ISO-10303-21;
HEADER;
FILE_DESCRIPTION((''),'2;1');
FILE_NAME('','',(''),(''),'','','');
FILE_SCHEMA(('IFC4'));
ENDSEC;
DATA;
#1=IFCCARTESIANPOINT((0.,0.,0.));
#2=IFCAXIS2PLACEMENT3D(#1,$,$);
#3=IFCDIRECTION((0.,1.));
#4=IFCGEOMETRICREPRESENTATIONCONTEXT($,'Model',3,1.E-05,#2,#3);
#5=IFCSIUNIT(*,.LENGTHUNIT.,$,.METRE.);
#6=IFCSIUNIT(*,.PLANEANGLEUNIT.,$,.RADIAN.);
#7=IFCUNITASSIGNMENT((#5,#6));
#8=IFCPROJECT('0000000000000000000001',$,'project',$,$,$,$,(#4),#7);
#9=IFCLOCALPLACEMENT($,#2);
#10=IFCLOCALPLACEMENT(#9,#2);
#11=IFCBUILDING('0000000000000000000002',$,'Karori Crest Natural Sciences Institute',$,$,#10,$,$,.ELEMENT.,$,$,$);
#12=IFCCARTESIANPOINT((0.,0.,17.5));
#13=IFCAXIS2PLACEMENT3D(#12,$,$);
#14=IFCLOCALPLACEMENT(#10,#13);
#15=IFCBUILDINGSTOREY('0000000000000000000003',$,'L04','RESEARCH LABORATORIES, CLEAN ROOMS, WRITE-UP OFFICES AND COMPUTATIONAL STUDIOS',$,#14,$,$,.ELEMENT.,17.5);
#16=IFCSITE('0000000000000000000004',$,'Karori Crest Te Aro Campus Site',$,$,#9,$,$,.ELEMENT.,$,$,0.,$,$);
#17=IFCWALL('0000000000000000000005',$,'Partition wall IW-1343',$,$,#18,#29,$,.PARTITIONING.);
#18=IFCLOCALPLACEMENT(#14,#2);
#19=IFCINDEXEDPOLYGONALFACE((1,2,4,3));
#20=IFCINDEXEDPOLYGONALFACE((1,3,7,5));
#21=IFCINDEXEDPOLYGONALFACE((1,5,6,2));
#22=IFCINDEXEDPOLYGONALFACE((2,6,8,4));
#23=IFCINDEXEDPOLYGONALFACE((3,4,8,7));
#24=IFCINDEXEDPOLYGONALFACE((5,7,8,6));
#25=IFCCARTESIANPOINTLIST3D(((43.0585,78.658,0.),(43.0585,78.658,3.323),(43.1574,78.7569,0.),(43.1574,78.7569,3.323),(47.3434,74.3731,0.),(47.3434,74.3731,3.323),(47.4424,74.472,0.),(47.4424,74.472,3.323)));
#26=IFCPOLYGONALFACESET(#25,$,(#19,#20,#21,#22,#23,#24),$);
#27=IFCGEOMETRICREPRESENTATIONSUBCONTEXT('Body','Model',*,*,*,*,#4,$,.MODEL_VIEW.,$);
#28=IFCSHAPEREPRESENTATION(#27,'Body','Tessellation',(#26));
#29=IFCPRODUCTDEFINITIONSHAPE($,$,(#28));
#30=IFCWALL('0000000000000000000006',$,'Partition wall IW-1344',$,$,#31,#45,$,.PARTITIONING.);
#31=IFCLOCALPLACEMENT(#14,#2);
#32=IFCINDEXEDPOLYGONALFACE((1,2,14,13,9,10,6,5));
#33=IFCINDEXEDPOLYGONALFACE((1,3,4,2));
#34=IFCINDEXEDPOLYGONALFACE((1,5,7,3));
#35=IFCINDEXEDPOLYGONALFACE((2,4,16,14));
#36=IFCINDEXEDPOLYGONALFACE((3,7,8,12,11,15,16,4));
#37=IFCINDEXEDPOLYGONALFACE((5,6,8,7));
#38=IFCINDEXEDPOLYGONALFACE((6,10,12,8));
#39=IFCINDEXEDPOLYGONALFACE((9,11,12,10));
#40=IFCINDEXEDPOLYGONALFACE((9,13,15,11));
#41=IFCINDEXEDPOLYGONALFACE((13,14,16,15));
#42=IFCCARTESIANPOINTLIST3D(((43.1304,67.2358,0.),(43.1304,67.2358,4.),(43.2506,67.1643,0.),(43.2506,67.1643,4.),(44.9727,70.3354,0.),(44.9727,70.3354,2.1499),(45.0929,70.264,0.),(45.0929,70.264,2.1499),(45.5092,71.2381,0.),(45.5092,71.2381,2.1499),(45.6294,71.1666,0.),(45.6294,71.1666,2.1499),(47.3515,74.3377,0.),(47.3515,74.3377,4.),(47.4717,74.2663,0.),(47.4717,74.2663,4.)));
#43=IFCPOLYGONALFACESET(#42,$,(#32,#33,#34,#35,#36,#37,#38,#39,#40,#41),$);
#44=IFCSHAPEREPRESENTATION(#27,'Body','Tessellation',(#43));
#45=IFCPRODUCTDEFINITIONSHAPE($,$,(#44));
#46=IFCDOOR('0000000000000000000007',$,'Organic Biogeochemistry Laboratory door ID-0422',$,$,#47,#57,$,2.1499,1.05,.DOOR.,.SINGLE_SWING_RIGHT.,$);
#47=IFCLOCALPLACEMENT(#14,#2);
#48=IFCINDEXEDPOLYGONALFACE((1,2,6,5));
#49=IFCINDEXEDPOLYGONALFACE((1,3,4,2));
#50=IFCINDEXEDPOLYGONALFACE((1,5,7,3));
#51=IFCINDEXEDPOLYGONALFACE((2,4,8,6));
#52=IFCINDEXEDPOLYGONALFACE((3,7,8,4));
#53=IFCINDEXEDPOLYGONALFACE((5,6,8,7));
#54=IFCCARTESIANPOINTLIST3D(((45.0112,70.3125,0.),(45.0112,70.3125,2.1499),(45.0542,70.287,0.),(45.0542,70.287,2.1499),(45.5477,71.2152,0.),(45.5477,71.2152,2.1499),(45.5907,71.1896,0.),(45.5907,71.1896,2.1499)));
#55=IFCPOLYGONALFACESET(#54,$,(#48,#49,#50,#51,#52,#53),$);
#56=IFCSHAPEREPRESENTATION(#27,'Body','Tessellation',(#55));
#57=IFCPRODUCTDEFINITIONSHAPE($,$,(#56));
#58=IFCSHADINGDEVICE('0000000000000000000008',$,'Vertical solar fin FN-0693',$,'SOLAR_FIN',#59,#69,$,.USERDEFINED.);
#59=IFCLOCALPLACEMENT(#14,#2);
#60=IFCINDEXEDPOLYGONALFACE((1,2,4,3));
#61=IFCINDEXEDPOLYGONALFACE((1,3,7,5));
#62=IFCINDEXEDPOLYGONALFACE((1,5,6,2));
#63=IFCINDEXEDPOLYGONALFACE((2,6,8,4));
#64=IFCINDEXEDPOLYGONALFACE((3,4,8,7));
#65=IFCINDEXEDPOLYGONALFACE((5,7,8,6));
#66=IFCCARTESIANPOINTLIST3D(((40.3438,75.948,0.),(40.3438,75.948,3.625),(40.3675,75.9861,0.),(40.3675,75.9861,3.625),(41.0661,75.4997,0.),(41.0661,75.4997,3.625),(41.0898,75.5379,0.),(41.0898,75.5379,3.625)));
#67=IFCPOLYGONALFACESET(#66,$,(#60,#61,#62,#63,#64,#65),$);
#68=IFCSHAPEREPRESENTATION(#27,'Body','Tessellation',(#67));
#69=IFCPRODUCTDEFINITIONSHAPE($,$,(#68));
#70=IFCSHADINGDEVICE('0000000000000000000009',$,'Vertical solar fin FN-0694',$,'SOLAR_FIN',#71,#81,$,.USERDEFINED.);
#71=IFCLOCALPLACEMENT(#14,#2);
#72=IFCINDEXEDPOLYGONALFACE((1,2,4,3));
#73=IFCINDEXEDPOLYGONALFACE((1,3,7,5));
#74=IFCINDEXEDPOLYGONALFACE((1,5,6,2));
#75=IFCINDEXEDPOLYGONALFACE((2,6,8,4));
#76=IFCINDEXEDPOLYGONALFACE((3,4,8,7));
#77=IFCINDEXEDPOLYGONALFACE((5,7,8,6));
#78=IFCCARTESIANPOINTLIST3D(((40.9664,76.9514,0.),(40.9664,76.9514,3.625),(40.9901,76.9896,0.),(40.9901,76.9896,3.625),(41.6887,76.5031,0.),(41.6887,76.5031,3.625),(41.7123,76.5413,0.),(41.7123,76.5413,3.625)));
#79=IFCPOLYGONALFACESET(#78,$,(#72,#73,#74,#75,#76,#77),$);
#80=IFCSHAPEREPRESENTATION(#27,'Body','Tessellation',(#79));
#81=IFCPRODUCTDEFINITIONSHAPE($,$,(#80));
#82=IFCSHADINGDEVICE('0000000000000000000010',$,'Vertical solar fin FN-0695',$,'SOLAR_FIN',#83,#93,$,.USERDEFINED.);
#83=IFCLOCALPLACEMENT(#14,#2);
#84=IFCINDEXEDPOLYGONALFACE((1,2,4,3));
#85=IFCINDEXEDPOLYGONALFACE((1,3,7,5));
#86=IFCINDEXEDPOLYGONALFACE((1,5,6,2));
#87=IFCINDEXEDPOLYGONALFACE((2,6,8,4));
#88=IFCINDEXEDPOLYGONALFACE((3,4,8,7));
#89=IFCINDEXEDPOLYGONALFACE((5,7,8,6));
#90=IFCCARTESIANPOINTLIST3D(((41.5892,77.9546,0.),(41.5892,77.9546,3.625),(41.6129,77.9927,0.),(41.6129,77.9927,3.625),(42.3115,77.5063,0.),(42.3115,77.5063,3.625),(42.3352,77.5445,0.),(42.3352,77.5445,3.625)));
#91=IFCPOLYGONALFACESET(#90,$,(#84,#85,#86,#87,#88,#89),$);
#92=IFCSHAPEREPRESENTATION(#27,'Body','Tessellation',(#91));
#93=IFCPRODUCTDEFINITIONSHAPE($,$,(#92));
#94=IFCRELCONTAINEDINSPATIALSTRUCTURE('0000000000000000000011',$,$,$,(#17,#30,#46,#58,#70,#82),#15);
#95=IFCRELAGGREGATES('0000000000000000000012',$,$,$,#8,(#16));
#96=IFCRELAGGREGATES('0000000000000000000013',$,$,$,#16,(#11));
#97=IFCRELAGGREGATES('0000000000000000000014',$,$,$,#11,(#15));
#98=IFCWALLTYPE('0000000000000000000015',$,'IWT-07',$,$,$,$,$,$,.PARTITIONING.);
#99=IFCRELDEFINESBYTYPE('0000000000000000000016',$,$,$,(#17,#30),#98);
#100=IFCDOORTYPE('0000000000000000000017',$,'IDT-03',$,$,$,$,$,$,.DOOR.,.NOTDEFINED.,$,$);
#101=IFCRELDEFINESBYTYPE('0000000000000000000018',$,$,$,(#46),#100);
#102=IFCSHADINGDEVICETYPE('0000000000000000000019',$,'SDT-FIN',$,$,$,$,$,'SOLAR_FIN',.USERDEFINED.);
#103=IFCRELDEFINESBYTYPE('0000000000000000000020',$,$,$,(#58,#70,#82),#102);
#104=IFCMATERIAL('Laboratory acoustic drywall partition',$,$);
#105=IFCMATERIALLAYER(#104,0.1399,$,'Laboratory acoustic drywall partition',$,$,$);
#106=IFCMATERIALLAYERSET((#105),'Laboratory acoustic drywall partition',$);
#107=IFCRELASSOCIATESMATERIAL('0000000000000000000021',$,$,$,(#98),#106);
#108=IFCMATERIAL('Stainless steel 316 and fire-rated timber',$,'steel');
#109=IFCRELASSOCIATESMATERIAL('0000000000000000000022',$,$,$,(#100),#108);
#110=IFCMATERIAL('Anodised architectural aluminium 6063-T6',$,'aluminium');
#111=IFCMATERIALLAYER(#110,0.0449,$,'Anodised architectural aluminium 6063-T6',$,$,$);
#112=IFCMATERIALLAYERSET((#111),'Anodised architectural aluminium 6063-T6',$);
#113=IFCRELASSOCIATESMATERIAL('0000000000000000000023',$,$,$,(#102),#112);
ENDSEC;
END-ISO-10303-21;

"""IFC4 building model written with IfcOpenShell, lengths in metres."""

from ifc_helpers import new_model, si_unit, direction, frame, frame_2d, origin, origin_2d, place, context, subcontext, project, spatial, rectangle, extrude, material, layer, layer_set, type_object, element, fill, save


model = new_model("IFC4")

# Units and contexts
model_context = context("Model", 3, precision=1e-05, world=origin(), true_north=direction((0.0, 1.0)))
body_context = subcontext(model_context, "Body", "Model", "MODEL_VIEW")
ifc_project = project(units=[si_unit("LENGTHUNIT", "METRE"), si_unit("PLANEANGLEUNIT", "RADIAN")], contexts=[model_context])

# Site, building, storey
site_placement = place(None, origin())
site = spatial("IfcSite", under=ifc_project, at=site_placement, Name="Karori Crest Te Aro Campus Site", CompositionType="ELEMENT", RefElevation=0.0)
building_placement = place(site_placement, origin())
building = spatial("IfcBuilding", under=site, at=building_placement, Name="Karori Crest Natural Sciences Institute", CompositionType="ELEMENT")
storey_placement = place(building_placement, frame((0.0, 0.0, 17.5)))
storey = spatial("IfcBuildingStorey", under=building, at=storey_placement, Name="L04", Description="RESEARCH LABORATORIES, CLEAN ROOMS, WRITE-UP OFFICES AND COMPUTATIONAL STUDIOS", CompositionType="ELEMENT", Elevation=17.5)

# Shared definitions
ifc_material_1 = material(Name="Anodised architectural aluminium 6063-T6", Category="aluminium")

# Wall
ifc_material_2 = material(Name="Laboratory acoustic drywall partition")
ifc_layer_1 = layer(ifc_material_2, 0.1399, Name="Laboratory acoustic drywall partition")
ifc_layer_set_1 = layer_set([ifc_layer_1], Name="Laboratory acoustic drywall partition")
wall_type = type_object("IfcWallType", Name="IWT-07", PredefinedType="PARTITIONING", material=ifc_layer_set_1)
wall_1_placement = place(storey_placement, frame((47.3928, 74.4226, 0.0), z_axis=(0.0, 0.0, 1.0), x_axis=(-0.707107, 0.707107, 0.0)))
element("IfcWall", 1, at=wall_1_placement, inside=storey, type_object=wall_type, Name="Partition wall IW-1343", PredefinedType="PARTITIONING", context=body_context, shape_type="SweptSolid", body=[
    extrude(rectangle(XDim=6.0598, YDim=0.1399, at=frame_2d((3.0298, 0.0))), origin(), (0.0, 0.0, 1.0), 3.323),
])

# Wall, opening, door
wall_2_placement = place(storey_placement, frame((47.4116, 74.302, 0.0), z_axis=(0.0, 0.0, 1.0), x_axis=(-0.510928, -0.859624, 0.0)))
wall_2 = element("IfcWall", 2, at=wall_2_placement, inside=storey, type_object=wall_type, Name="Partition wall IW-1344", PredefinedType="PARTITIONING", context=body_context, shape_type="SweptSolid", body=[
    extrude(rectangle(XDim=8.2617, YDim=0.1399, at=frame_2d((4.1309, 0.0))), origin(), (0.0, 0.0, 1.0), 4.0),
])
opening_placement = place(wall_2_placement, frame((3.606, 0.0, 0.0)))
opening = element("IfcOpeningElement", 3, at=opening_placement, cuts=wall_2, PredefinedType="OPENING", context=body_context, shape_type="SweptSolid", body=[
    extrude(rectangle(XDim=1.05, YDim=2.1499, at=frame_2d((0.5249, 1.075))), frame((0.0, 0.0801, 0.0), z_axis=(0.0, -1.0, 0.0), x_axis=(1.0, 0.0, 0.0)), (0.0, 0.0, 1.0), 0.1599),
])
ifc_material_3 = material(Name="Stainless steel 316 and fire-rated timber", Category="steel")
door_type = type_object("IfcDoorType", Name="IDT-03", OperationType="NOTDEFINED", PredefinedType="DOOR", material=ifc_material_3)
door_placement = place(opening_placement, origin())
door = element("IfcDoor", 4, at=door_placement, inside=storey, type_object=door_type, Name="Organic Biogeochemistry Laboratory door ID-0422", OperationType="SINGLE_SWING_RIGHT", OverallHeight=2.1499, OverallWidth=1.05, PredefinedType="DOOR", context=body_context, shape_type="SweptSolid", body=[
    extrude(rectangle(XDim=1.05, YDim=2.1499, at=frame_2d((0.5249, 1.075))), frame((0.0, 0.0249, 0.0), z_axis=(0.0, -1.0, 0.0), x_axis=(1.0, 0.0, 0.0)), (0.0, 0.0, 1.0), 0.05),
])
fill(opening, door)

# Shading devices
ifc_layer_2 = layer(ifc_material_1, 0.0449, Name="Anodised architectural aluminium 6063-T6")
ifc_layer_set_2 = layer_set([ifc_layer_2], Name="Anodised architectural aluminium 6063-T6")
shading_device_type = type_object("IfcShadingDeviceType", Name="SDT-FIN", ElementType="SOLAR_FIN", PredefinedType="USERDEFINED", material=ifc_layer_set_2)
for number, where, z_axis, x_axis, name in (
    (5, (40.7168, 75.7429, 0.0), (0.0, 0.0, 1.0), (-0.849665, 0.527324, 0.0), "Vertical solar fin FN-0693"),
    (6, (41.3394, 76.7463, 0.0), (0.0, 0.0, 1.0), (-0.849665, 0.527324, 0.0), "Vertical solar fin FN-0694"),
    (7, (41.9622, 77.7495, 0.0), (0.0, 0.0, 1.0), (-0.849665, 0.527324, 0.0), "Vertical solar fin FN-0695"),
):
    element("IfcShadingDevice", number, at=place(storey_placement, frame(where, z_axis=z_axis, x_axis=x_axis)), inside=storey, type_object=shading_device_type, Name=name, ObjectType="SOLAR_FIN", PredefinedType="USERDEFINED", context=body_context, shape_type="SweptSolid", body=[
        extrude(rectangle(XDim=0.8501, YDim=0.0449, at=origin_2d()), origin(), (0.0, 0.0, 1.0), 3.625),
    ])

save(model, "model.ifc")
